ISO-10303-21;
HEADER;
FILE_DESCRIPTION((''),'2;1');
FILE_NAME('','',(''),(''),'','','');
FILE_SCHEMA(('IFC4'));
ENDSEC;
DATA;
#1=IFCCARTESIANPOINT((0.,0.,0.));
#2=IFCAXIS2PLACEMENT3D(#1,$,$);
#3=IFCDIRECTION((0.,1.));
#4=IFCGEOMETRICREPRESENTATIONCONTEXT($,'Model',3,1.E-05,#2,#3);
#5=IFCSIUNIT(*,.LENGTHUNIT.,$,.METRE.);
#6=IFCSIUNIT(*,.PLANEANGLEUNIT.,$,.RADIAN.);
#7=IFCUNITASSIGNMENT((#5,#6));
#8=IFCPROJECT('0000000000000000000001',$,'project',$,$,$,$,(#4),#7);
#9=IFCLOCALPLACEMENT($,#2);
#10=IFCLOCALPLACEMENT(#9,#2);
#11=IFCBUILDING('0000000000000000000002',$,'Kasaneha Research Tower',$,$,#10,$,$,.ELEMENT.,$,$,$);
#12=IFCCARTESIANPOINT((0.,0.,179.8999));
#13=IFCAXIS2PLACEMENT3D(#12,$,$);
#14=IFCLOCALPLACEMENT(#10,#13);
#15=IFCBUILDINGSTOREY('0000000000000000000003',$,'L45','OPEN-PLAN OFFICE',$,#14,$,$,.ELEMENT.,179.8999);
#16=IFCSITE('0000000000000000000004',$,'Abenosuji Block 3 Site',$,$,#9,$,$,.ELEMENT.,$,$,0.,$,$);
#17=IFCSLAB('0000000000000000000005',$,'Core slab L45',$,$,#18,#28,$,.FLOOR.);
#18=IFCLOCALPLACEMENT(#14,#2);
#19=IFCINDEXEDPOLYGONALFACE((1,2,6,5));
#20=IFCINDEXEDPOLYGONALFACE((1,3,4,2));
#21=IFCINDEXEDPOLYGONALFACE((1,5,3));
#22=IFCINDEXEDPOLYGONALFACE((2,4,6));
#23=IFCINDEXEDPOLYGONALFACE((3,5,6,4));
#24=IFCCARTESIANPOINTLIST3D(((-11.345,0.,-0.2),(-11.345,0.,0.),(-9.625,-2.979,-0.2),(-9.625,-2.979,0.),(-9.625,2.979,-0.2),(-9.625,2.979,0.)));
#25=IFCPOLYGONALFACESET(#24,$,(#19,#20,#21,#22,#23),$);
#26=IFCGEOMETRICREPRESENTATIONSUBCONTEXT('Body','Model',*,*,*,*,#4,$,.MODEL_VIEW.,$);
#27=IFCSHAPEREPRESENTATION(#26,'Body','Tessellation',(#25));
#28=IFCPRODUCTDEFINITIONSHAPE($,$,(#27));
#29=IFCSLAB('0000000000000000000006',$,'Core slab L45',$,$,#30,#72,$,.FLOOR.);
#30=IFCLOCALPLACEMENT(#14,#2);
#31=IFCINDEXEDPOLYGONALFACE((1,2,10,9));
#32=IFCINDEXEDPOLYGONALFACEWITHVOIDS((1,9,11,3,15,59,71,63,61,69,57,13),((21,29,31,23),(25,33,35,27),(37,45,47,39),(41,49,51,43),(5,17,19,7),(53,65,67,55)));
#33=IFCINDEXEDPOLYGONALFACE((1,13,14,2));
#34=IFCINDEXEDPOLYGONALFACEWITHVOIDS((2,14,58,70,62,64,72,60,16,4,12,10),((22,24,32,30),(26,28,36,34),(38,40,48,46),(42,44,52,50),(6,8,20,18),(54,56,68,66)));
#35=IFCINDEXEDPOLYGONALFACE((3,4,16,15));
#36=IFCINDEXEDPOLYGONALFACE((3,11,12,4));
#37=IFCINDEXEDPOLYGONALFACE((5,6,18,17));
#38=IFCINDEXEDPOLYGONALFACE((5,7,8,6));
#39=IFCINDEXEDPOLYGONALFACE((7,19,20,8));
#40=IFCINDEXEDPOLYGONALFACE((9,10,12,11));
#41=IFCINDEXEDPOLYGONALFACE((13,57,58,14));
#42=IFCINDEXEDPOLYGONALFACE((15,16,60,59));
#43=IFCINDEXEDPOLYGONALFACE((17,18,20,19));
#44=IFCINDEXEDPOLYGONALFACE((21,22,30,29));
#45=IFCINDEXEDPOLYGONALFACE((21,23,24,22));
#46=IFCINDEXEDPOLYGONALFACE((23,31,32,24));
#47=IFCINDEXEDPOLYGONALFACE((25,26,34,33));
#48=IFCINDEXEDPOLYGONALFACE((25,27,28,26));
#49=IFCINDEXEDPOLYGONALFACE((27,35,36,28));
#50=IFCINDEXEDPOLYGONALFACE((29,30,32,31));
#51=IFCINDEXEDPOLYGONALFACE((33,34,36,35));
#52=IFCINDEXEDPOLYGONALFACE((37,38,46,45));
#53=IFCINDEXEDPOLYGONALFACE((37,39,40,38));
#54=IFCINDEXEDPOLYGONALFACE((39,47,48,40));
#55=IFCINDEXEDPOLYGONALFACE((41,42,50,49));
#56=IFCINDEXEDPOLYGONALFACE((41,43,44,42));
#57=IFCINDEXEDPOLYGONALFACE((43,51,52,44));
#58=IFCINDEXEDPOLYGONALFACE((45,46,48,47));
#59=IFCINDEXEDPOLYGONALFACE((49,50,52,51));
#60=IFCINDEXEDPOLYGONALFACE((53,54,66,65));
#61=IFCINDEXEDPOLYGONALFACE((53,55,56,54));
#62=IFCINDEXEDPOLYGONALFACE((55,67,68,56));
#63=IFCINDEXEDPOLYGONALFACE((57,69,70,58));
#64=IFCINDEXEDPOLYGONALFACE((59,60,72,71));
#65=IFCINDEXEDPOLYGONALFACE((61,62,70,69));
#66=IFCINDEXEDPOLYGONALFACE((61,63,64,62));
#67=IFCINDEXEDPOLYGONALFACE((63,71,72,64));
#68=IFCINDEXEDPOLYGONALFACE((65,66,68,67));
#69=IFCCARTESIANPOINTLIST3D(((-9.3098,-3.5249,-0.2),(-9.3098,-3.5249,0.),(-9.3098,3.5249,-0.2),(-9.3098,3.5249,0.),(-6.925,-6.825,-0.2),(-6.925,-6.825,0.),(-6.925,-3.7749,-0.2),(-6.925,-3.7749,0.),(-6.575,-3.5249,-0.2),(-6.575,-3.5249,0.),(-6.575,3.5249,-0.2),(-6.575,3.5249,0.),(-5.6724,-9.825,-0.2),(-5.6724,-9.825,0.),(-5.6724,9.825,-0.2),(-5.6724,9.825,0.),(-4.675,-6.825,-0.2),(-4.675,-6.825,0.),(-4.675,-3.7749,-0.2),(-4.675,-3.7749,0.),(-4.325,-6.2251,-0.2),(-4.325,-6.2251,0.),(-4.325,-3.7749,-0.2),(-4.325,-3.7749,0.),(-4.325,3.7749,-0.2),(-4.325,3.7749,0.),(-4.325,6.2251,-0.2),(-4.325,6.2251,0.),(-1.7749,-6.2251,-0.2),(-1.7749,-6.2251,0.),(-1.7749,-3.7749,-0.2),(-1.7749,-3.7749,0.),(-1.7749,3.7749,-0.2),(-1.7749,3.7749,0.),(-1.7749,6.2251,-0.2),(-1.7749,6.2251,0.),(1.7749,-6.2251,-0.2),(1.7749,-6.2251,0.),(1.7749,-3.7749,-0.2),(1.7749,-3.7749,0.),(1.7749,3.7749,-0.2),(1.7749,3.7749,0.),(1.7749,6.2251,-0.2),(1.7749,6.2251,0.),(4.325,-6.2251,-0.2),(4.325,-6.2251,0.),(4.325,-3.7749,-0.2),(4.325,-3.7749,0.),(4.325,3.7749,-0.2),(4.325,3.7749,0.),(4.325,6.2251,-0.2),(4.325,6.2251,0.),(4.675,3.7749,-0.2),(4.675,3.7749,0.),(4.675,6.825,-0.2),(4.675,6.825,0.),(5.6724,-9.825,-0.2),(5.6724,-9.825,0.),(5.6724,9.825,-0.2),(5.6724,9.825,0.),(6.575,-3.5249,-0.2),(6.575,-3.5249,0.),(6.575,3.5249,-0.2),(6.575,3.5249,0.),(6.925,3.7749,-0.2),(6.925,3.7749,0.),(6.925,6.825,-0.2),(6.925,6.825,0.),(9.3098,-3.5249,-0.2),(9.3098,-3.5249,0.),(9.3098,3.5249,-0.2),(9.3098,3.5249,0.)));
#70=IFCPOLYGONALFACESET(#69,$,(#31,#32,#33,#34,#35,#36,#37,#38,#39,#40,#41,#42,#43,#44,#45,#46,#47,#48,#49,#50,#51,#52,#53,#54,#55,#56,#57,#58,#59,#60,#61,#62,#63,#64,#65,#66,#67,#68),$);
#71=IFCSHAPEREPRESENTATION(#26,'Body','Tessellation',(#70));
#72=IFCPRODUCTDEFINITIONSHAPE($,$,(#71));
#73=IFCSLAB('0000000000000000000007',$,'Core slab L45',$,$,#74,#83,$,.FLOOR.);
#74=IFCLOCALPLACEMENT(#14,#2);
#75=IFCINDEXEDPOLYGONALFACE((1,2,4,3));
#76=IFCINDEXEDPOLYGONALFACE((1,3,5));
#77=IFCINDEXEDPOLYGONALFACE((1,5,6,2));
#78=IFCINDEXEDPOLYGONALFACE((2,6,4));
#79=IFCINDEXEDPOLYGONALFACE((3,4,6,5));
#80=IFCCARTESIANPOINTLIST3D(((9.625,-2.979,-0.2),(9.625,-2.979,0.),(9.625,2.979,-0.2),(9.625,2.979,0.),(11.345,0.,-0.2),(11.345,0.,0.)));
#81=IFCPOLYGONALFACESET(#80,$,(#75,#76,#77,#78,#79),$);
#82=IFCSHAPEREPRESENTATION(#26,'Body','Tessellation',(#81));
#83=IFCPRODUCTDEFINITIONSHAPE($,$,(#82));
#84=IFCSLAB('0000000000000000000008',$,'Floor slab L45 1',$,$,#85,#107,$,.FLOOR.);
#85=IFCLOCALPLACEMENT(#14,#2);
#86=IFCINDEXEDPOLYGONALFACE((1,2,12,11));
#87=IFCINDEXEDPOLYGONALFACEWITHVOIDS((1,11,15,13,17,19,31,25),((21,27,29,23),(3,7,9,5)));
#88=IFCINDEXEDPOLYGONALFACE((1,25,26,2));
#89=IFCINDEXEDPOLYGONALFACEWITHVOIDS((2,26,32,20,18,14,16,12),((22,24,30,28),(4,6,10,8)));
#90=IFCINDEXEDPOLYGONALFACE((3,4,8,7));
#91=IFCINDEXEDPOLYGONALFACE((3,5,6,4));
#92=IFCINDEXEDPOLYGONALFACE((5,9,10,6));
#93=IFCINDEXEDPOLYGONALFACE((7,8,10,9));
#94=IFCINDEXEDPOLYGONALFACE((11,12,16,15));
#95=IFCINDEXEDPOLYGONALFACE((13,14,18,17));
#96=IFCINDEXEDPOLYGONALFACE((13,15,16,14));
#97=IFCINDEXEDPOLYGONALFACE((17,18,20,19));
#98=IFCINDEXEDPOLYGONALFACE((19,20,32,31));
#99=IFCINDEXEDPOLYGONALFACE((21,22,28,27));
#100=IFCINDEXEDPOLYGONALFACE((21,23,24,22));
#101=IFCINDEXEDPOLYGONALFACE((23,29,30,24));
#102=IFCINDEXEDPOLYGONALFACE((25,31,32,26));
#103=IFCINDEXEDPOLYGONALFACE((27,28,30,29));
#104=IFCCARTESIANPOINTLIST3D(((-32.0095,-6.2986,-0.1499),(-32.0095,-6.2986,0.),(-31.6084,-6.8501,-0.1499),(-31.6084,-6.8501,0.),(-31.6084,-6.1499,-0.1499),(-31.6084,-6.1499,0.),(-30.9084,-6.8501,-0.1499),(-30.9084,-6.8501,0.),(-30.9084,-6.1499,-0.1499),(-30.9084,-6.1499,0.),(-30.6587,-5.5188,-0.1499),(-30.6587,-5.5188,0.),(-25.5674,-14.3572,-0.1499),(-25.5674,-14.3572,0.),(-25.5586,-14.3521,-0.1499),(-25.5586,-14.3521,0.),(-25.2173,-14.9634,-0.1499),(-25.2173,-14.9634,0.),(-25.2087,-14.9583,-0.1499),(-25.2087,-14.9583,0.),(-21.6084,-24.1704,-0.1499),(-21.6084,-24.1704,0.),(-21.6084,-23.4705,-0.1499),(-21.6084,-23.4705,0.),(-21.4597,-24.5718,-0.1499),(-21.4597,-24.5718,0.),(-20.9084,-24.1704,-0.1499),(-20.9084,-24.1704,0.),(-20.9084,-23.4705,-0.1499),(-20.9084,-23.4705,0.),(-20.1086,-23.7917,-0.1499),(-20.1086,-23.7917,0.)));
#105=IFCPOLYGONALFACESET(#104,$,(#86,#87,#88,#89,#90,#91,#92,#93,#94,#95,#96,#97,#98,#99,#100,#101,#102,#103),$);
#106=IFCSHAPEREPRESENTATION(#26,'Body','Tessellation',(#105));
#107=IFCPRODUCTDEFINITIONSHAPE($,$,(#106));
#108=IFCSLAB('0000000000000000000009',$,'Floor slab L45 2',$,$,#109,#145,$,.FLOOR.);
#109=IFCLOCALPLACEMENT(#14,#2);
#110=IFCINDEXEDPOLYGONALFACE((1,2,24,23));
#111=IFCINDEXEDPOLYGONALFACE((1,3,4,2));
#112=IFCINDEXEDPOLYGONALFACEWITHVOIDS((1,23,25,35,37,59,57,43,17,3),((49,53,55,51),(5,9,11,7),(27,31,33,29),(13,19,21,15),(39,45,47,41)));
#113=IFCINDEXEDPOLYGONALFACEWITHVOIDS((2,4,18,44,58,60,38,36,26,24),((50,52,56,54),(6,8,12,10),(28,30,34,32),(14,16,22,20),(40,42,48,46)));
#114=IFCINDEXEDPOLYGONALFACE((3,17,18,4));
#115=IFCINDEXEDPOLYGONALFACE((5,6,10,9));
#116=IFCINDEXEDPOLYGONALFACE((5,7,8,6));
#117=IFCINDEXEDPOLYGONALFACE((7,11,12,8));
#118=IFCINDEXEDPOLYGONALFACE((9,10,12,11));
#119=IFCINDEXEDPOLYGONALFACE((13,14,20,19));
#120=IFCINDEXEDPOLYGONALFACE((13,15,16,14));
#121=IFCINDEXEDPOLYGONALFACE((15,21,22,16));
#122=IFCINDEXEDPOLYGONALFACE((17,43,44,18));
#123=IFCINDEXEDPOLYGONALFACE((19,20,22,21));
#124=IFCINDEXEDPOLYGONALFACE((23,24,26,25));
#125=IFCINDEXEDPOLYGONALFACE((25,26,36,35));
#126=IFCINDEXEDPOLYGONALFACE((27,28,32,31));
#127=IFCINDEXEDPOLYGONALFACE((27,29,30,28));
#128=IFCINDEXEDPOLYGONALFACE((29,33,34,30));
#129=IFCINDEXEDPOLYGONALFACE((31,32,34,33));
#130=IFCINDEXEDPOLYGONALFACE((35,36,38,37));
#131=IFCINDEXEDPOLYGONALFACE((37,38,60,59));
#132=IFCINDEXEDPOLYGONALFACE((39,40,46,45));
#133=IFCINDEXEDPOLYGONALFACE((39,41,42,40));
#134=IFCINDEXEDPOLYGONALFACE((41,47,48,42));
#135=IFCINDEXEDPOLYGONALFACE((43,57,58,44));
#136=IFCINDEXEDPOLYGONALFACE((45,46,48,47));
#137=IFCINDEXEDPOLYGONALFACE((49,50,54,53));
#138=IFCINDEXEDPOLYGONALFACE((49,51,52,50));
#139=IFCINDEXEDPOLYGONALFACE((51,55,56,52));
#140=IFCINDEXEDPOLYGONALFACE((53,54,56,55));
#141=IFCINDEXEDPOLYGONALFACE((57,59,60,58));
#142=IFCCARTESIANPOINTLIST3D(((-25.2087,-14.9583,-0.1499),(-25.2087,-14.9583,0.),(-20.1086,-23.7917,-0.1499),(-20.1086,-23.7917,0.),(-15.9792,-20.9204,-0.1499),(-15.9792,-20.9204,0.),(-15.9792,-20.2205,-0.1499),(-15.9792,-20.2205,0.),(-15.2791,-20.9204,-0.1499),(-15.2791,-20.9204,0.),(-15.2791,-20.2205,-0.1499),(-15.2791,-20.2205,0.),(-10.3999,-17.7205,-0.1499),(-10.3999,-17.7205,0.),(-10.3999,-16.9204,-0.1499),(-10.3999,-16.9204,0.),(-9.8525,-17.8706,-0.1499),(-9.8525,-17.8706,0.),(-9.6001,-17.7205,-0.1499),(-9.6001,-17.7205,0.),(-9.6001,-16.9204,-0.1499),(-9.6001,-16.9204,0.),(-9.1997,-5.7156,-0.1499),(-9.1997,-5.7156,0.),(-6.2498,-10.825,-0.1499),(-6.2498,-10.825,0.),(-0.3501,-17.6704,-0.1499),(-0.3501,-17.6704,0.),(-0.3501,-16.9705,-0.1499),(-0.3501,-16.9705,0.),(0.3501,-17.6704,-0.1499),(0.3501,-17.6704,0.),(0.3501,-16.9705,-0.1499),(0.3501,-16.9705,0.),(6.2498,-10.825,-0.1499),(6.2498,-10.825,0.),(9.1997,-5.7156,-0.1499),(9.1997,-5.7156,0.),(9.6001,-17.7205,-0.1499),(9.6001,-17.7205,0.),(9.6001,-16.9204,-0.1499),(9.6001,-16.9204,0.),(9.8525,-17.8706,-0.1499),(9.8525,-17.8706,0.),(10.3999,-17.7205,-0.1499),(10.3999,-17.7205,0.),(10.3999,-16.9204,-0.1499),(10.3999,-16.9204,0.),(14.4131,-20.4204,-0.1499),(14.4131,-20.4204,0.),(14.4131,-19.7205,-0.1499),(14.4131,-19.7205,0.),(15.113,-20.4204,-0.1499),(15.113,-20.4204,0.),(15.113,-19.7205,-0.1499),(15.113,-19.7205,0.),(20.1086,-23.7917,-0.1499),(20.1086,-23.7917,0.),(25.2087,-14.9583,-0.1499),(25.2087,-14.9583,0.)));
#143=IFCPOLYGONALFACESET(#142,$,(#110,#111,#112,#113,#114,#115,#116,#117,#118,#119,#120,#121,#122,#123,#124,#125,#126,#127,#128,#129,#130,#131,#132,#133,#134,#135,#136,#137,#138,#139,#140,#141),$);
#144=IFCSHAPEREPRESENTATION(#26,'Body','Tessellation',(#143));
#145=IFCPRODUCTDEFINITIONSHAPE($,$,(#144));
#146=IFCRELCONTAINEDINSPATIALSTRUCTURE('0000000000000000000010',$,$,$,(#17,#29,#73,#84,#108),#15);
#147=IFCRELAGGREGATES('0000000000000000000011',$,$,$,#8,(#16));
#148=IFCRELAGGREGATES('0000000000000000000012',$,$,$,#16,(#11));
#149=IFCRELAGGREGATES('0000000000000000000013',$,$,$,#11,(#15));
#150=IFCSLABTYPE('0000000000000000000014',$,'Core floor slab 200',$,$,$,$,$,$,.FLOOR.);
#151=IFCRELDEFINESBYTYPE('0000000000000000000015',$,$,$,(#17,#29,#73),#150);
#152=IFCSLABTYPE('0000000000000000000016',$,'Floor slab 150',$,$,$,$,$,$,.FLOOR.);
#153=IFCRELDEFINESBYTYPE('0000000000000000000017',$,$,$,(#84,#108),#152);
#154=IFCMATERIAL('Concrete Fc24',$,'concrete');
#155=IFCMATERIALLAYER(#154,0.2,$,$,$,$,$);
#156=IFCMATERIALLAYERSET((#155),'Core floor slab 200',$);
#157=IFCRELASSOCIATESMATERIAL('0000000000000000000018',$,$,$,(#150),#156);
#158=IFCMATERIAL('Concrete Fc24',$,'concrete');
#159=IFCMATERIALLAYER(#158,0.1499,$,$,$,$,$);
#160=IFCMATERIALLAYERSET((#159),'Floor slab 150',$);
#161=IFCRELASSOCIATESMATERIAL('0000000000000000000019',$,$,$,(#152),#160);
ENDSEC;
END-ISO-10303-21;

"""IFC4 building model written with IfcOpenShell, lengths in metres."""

from ifc_helpers import new_model, si_unit, direction, frame, origin, place, context, subcontext, project, spatial, polyline, outline, extrude, material, layer, layer_set, type_object, element, save


model = new_model("IFC4")

# Units and contexts
model_context = context("Model", 3, precision=1e-05, world=origin(), true_north=direction((0.0, 1.0)))
body_context = subcontext(model_context, "Body", "Model", "MODEL_VIEW")
ifc_project = project(units=[si_unit("LENGTHUNIT", "METRE"), si_unit("PLANEANGLEUNIT", "RADIAN")], contexts=[model_context])

# Site, building, storey
site_placement = place(None, origin())
site = spatial("IfcSite", under=ifc_project, at=site_placement, Name="Abenosuji Block 3 Site", CompositionType="ELEMENT", RefElevation=0.0)
building_placement = place(site_placement, origin())
building = spatial("IfcBuilding", under=site, at=building_placement, Name="Kasaneha Research Tower", CompositionType="ELEMENT")
storey_placement = place(building_placement, frame((0.0, 0.0, 179.8999)))
storey = spatial("IfcBuildingStorey", under=building, at=storey_placement, Name="L45", Description="OPEN-PLAN OFFICE", CompositionType="ELEMENT", Elevation=179.8999)

# Slabs
ifc_material_1 = material(Name="Concrete Fc24", Category="concrete")
ifc_layer_1 = layer(ifc_material_1, 0.2)
ifc_layer_set_1 = layer_set([ifc_layer_1], Name="Core floor slab 200")
slab_type_1 = type_object("IfcSlabType", Name="Core floor slab 200", PredefinedType="FLOOR", material=ifc_layer_set_1)
slab_1_placement = place(storey_placement, frame((0.0, 0.0, -0.2)))
element("IfcSlab", 1, at=slab_1_placement, inside=storey, type_object=slab_type_1, Name="Core slab L45", PredefinedType="FLOOR", context=body_context, shape_type="SweptSolid", body=[
    extrude(outline(polyline([(-11.345, 0.0), (-9.625, 2.979), (-9.625, -2.979), (-11.345, 0.0)])), origin(), (0.0, 0.0, 1.0), 0.2),
])
slab_2_placement = place(storey_placement, frame((0.0, 0.0, -0.2)))
element("IfcSlab", 2, at=slab_2_placement, inside=storey, type_object=slab_type_1, Name="Core slab L45", PredefinedType="FLOOR", context=body_context, shape_type="SweptSolid", body=[
    extrude(outline(polyline([(-5.6724, 9.825), (5.6724, 9.825), (9.3098, 3.5249), (6.575, 3.5249), (6.575, -3.5249), (9.3098, -3.5249), (5.6724, -9.825), (-5.6724, -9.825), (-9.3098, -3.5249), (-6.575, -3.5249), (-6.575, 3.5249), (-9.3098, 3.5249), (-5.6724, 9.825)]), holes=[polyline([(-6.925, -3.7749), (-6.925, -6.825), (-4.675, -6.825), (-4.675, -3.7749), (-6.925, -3.7749)]), polyline([(-4.325, -3.7749), (-4.325, -6.2251), (-1.7749, -6.2251), (-1.7749, -3.7749), (-4.325, -3.7749)]), polyline([(1.7749, -3.7749), (1.7749, -6.2251), (4.325, -6.2251), (4.325, -3.7749), (1.7749, -3.7749)]), polyline([(-4.325, 6.2251), (-4.325, 3.7749), (-1.7749, 3.7749), (-1.7749, 6.2251), (-4.325, 6.2251)]), polyline([(1.7749, 6.2251), (1.7749, 3.7749), (4.325, 3.7749), (4.325, 6.2251), (1.7749, 6.2251)]), polyline([(4.675, 6.825), (4.675, 3.7749), (6.925, 3.7749), (6.925, 6.825), (4.675, 6.825)])]), origin(), (0.0, 0.0, 1.0), 0.2),
])
slab_3_placement = place(storey_placement, frame((0.0, 0.0, -0.2)))
element("IfcSlab", 3, at=slab_3_placement, inside=storey, type_object=slab_type_1, Name="Core slab L45", PredefinedType="FLOOR", context=body_context, shape_type="SweptSolid", body=[
    extrude(outline(polyline([(11.345, 0.0), (9.625, -2.979), (9.625, 2.979), (11.345, 0.0)])), origin(), (0.0, 0.0, 1.0), 0.2),
])
ifc_material_2 = material(Name="Concrete Fc24", Category="concrete")
ifc_layer_2 = layer(ifc_material_2, 0.1499)
ifc_layer_set_2 = layer_set([ifc_layer_2], Name="Floor slab 150")
slab_type_2 = type_object("IfcSlabType", Name="Floor slab 150", PredefinedType="FLOOR", material=ifc_layer_set_2)
slab_4_placement = place(storey_placement, frame((0.0, 0.0, -0.1499)))
element("IfcSlab", 4, at=slab_4_placement, inside=storey, type_object=slab_type_2, Name="Floor slab L45 1", PredefinedType="FLOOR", context=body_context, shape_type="SweptSolid", body=[
    extrude(outline(polyline([(-32.0095, -6.2986), (-30.6587, -5.5188), (-25.5586, -14.3521), (-25.5674, -14.3572), (-25.2173, -14.9634), (-25.2087, -14.9583), (-20.1086, -23.7917), (-21.4597, -24.5718), (-32.0095, -6.2986)]), holes=[polyline([(-20.9084, -24.1704), (-20.9084, -23.4705), (-21.6084, -23.4705), (-21.6084, -24.1704), (-20.9084, -24.1704)]), polyline([(-30.9084, -6.8501), (-30.9084, -6.1499), (-31.6084, -6.1499), (-31.6084, -6.8501), (-30.9084, -6.8501)])]), origin(), (0.0, 0.0, 1.0), 0.1499),
])
slab_5_placement = place(storey_placement, frame((0.0, 0.0, -0.1499)))
element("IfcSlab", 5, at=slab_5_placement, inside=storey, type_object=slab_type_2, Name="Floor slab L45 2", PredefinedType="FLOOR", context=body_context, shape_type="SweptSolid", body=[
    extrude(outline(polyline([(9.8525, -17.8706), (-9.8525, -17.8706), (-20.1086, -23.7917), (-25.2087, -14.9583), (-9.1997, -5.7156), (-6.2498, -10.825), (6.2498, -10.825), (9.1997, -5.7156), (25.2087, -14.9583), (20.1086, -23.7917), (9.8525, -17.8706)]), holes=[polyline([(-15.2791, -20.9204), (-15.2791, -20.2205), (-15.9792, -20.2205), (-15.9792, -20.9204), (-15.2791, -20.9204)]), polyline([(0.3501, -17.6704), (0.3501, -16.9705), (-0.3501, -16.9705), (-0.3501, -17.6704), (0.3501, -17.6704)]), polyline([(-10.3999, -17.7205), (-9.6001, -17.7205), (-9.6001, -16.9204), (-10.3999, -16.9204), (-10.3999, -17.7205)]), polyline([(15.113, -20.4204), (15.113, -19.7205), (14.4131, -19.7205), (14.4131, -20.4204), (15.113, -20.4204)]), polyline([(9.6001, -17.7205), (10.3999, -17.7205), (10.3999, -16.9204), (9.6001, -16.9204), (9.6001, -17.7205)])]), origin(), (0.0, 0.0, 1.0), 0.1499),
])

save(model, "model.ifc")
